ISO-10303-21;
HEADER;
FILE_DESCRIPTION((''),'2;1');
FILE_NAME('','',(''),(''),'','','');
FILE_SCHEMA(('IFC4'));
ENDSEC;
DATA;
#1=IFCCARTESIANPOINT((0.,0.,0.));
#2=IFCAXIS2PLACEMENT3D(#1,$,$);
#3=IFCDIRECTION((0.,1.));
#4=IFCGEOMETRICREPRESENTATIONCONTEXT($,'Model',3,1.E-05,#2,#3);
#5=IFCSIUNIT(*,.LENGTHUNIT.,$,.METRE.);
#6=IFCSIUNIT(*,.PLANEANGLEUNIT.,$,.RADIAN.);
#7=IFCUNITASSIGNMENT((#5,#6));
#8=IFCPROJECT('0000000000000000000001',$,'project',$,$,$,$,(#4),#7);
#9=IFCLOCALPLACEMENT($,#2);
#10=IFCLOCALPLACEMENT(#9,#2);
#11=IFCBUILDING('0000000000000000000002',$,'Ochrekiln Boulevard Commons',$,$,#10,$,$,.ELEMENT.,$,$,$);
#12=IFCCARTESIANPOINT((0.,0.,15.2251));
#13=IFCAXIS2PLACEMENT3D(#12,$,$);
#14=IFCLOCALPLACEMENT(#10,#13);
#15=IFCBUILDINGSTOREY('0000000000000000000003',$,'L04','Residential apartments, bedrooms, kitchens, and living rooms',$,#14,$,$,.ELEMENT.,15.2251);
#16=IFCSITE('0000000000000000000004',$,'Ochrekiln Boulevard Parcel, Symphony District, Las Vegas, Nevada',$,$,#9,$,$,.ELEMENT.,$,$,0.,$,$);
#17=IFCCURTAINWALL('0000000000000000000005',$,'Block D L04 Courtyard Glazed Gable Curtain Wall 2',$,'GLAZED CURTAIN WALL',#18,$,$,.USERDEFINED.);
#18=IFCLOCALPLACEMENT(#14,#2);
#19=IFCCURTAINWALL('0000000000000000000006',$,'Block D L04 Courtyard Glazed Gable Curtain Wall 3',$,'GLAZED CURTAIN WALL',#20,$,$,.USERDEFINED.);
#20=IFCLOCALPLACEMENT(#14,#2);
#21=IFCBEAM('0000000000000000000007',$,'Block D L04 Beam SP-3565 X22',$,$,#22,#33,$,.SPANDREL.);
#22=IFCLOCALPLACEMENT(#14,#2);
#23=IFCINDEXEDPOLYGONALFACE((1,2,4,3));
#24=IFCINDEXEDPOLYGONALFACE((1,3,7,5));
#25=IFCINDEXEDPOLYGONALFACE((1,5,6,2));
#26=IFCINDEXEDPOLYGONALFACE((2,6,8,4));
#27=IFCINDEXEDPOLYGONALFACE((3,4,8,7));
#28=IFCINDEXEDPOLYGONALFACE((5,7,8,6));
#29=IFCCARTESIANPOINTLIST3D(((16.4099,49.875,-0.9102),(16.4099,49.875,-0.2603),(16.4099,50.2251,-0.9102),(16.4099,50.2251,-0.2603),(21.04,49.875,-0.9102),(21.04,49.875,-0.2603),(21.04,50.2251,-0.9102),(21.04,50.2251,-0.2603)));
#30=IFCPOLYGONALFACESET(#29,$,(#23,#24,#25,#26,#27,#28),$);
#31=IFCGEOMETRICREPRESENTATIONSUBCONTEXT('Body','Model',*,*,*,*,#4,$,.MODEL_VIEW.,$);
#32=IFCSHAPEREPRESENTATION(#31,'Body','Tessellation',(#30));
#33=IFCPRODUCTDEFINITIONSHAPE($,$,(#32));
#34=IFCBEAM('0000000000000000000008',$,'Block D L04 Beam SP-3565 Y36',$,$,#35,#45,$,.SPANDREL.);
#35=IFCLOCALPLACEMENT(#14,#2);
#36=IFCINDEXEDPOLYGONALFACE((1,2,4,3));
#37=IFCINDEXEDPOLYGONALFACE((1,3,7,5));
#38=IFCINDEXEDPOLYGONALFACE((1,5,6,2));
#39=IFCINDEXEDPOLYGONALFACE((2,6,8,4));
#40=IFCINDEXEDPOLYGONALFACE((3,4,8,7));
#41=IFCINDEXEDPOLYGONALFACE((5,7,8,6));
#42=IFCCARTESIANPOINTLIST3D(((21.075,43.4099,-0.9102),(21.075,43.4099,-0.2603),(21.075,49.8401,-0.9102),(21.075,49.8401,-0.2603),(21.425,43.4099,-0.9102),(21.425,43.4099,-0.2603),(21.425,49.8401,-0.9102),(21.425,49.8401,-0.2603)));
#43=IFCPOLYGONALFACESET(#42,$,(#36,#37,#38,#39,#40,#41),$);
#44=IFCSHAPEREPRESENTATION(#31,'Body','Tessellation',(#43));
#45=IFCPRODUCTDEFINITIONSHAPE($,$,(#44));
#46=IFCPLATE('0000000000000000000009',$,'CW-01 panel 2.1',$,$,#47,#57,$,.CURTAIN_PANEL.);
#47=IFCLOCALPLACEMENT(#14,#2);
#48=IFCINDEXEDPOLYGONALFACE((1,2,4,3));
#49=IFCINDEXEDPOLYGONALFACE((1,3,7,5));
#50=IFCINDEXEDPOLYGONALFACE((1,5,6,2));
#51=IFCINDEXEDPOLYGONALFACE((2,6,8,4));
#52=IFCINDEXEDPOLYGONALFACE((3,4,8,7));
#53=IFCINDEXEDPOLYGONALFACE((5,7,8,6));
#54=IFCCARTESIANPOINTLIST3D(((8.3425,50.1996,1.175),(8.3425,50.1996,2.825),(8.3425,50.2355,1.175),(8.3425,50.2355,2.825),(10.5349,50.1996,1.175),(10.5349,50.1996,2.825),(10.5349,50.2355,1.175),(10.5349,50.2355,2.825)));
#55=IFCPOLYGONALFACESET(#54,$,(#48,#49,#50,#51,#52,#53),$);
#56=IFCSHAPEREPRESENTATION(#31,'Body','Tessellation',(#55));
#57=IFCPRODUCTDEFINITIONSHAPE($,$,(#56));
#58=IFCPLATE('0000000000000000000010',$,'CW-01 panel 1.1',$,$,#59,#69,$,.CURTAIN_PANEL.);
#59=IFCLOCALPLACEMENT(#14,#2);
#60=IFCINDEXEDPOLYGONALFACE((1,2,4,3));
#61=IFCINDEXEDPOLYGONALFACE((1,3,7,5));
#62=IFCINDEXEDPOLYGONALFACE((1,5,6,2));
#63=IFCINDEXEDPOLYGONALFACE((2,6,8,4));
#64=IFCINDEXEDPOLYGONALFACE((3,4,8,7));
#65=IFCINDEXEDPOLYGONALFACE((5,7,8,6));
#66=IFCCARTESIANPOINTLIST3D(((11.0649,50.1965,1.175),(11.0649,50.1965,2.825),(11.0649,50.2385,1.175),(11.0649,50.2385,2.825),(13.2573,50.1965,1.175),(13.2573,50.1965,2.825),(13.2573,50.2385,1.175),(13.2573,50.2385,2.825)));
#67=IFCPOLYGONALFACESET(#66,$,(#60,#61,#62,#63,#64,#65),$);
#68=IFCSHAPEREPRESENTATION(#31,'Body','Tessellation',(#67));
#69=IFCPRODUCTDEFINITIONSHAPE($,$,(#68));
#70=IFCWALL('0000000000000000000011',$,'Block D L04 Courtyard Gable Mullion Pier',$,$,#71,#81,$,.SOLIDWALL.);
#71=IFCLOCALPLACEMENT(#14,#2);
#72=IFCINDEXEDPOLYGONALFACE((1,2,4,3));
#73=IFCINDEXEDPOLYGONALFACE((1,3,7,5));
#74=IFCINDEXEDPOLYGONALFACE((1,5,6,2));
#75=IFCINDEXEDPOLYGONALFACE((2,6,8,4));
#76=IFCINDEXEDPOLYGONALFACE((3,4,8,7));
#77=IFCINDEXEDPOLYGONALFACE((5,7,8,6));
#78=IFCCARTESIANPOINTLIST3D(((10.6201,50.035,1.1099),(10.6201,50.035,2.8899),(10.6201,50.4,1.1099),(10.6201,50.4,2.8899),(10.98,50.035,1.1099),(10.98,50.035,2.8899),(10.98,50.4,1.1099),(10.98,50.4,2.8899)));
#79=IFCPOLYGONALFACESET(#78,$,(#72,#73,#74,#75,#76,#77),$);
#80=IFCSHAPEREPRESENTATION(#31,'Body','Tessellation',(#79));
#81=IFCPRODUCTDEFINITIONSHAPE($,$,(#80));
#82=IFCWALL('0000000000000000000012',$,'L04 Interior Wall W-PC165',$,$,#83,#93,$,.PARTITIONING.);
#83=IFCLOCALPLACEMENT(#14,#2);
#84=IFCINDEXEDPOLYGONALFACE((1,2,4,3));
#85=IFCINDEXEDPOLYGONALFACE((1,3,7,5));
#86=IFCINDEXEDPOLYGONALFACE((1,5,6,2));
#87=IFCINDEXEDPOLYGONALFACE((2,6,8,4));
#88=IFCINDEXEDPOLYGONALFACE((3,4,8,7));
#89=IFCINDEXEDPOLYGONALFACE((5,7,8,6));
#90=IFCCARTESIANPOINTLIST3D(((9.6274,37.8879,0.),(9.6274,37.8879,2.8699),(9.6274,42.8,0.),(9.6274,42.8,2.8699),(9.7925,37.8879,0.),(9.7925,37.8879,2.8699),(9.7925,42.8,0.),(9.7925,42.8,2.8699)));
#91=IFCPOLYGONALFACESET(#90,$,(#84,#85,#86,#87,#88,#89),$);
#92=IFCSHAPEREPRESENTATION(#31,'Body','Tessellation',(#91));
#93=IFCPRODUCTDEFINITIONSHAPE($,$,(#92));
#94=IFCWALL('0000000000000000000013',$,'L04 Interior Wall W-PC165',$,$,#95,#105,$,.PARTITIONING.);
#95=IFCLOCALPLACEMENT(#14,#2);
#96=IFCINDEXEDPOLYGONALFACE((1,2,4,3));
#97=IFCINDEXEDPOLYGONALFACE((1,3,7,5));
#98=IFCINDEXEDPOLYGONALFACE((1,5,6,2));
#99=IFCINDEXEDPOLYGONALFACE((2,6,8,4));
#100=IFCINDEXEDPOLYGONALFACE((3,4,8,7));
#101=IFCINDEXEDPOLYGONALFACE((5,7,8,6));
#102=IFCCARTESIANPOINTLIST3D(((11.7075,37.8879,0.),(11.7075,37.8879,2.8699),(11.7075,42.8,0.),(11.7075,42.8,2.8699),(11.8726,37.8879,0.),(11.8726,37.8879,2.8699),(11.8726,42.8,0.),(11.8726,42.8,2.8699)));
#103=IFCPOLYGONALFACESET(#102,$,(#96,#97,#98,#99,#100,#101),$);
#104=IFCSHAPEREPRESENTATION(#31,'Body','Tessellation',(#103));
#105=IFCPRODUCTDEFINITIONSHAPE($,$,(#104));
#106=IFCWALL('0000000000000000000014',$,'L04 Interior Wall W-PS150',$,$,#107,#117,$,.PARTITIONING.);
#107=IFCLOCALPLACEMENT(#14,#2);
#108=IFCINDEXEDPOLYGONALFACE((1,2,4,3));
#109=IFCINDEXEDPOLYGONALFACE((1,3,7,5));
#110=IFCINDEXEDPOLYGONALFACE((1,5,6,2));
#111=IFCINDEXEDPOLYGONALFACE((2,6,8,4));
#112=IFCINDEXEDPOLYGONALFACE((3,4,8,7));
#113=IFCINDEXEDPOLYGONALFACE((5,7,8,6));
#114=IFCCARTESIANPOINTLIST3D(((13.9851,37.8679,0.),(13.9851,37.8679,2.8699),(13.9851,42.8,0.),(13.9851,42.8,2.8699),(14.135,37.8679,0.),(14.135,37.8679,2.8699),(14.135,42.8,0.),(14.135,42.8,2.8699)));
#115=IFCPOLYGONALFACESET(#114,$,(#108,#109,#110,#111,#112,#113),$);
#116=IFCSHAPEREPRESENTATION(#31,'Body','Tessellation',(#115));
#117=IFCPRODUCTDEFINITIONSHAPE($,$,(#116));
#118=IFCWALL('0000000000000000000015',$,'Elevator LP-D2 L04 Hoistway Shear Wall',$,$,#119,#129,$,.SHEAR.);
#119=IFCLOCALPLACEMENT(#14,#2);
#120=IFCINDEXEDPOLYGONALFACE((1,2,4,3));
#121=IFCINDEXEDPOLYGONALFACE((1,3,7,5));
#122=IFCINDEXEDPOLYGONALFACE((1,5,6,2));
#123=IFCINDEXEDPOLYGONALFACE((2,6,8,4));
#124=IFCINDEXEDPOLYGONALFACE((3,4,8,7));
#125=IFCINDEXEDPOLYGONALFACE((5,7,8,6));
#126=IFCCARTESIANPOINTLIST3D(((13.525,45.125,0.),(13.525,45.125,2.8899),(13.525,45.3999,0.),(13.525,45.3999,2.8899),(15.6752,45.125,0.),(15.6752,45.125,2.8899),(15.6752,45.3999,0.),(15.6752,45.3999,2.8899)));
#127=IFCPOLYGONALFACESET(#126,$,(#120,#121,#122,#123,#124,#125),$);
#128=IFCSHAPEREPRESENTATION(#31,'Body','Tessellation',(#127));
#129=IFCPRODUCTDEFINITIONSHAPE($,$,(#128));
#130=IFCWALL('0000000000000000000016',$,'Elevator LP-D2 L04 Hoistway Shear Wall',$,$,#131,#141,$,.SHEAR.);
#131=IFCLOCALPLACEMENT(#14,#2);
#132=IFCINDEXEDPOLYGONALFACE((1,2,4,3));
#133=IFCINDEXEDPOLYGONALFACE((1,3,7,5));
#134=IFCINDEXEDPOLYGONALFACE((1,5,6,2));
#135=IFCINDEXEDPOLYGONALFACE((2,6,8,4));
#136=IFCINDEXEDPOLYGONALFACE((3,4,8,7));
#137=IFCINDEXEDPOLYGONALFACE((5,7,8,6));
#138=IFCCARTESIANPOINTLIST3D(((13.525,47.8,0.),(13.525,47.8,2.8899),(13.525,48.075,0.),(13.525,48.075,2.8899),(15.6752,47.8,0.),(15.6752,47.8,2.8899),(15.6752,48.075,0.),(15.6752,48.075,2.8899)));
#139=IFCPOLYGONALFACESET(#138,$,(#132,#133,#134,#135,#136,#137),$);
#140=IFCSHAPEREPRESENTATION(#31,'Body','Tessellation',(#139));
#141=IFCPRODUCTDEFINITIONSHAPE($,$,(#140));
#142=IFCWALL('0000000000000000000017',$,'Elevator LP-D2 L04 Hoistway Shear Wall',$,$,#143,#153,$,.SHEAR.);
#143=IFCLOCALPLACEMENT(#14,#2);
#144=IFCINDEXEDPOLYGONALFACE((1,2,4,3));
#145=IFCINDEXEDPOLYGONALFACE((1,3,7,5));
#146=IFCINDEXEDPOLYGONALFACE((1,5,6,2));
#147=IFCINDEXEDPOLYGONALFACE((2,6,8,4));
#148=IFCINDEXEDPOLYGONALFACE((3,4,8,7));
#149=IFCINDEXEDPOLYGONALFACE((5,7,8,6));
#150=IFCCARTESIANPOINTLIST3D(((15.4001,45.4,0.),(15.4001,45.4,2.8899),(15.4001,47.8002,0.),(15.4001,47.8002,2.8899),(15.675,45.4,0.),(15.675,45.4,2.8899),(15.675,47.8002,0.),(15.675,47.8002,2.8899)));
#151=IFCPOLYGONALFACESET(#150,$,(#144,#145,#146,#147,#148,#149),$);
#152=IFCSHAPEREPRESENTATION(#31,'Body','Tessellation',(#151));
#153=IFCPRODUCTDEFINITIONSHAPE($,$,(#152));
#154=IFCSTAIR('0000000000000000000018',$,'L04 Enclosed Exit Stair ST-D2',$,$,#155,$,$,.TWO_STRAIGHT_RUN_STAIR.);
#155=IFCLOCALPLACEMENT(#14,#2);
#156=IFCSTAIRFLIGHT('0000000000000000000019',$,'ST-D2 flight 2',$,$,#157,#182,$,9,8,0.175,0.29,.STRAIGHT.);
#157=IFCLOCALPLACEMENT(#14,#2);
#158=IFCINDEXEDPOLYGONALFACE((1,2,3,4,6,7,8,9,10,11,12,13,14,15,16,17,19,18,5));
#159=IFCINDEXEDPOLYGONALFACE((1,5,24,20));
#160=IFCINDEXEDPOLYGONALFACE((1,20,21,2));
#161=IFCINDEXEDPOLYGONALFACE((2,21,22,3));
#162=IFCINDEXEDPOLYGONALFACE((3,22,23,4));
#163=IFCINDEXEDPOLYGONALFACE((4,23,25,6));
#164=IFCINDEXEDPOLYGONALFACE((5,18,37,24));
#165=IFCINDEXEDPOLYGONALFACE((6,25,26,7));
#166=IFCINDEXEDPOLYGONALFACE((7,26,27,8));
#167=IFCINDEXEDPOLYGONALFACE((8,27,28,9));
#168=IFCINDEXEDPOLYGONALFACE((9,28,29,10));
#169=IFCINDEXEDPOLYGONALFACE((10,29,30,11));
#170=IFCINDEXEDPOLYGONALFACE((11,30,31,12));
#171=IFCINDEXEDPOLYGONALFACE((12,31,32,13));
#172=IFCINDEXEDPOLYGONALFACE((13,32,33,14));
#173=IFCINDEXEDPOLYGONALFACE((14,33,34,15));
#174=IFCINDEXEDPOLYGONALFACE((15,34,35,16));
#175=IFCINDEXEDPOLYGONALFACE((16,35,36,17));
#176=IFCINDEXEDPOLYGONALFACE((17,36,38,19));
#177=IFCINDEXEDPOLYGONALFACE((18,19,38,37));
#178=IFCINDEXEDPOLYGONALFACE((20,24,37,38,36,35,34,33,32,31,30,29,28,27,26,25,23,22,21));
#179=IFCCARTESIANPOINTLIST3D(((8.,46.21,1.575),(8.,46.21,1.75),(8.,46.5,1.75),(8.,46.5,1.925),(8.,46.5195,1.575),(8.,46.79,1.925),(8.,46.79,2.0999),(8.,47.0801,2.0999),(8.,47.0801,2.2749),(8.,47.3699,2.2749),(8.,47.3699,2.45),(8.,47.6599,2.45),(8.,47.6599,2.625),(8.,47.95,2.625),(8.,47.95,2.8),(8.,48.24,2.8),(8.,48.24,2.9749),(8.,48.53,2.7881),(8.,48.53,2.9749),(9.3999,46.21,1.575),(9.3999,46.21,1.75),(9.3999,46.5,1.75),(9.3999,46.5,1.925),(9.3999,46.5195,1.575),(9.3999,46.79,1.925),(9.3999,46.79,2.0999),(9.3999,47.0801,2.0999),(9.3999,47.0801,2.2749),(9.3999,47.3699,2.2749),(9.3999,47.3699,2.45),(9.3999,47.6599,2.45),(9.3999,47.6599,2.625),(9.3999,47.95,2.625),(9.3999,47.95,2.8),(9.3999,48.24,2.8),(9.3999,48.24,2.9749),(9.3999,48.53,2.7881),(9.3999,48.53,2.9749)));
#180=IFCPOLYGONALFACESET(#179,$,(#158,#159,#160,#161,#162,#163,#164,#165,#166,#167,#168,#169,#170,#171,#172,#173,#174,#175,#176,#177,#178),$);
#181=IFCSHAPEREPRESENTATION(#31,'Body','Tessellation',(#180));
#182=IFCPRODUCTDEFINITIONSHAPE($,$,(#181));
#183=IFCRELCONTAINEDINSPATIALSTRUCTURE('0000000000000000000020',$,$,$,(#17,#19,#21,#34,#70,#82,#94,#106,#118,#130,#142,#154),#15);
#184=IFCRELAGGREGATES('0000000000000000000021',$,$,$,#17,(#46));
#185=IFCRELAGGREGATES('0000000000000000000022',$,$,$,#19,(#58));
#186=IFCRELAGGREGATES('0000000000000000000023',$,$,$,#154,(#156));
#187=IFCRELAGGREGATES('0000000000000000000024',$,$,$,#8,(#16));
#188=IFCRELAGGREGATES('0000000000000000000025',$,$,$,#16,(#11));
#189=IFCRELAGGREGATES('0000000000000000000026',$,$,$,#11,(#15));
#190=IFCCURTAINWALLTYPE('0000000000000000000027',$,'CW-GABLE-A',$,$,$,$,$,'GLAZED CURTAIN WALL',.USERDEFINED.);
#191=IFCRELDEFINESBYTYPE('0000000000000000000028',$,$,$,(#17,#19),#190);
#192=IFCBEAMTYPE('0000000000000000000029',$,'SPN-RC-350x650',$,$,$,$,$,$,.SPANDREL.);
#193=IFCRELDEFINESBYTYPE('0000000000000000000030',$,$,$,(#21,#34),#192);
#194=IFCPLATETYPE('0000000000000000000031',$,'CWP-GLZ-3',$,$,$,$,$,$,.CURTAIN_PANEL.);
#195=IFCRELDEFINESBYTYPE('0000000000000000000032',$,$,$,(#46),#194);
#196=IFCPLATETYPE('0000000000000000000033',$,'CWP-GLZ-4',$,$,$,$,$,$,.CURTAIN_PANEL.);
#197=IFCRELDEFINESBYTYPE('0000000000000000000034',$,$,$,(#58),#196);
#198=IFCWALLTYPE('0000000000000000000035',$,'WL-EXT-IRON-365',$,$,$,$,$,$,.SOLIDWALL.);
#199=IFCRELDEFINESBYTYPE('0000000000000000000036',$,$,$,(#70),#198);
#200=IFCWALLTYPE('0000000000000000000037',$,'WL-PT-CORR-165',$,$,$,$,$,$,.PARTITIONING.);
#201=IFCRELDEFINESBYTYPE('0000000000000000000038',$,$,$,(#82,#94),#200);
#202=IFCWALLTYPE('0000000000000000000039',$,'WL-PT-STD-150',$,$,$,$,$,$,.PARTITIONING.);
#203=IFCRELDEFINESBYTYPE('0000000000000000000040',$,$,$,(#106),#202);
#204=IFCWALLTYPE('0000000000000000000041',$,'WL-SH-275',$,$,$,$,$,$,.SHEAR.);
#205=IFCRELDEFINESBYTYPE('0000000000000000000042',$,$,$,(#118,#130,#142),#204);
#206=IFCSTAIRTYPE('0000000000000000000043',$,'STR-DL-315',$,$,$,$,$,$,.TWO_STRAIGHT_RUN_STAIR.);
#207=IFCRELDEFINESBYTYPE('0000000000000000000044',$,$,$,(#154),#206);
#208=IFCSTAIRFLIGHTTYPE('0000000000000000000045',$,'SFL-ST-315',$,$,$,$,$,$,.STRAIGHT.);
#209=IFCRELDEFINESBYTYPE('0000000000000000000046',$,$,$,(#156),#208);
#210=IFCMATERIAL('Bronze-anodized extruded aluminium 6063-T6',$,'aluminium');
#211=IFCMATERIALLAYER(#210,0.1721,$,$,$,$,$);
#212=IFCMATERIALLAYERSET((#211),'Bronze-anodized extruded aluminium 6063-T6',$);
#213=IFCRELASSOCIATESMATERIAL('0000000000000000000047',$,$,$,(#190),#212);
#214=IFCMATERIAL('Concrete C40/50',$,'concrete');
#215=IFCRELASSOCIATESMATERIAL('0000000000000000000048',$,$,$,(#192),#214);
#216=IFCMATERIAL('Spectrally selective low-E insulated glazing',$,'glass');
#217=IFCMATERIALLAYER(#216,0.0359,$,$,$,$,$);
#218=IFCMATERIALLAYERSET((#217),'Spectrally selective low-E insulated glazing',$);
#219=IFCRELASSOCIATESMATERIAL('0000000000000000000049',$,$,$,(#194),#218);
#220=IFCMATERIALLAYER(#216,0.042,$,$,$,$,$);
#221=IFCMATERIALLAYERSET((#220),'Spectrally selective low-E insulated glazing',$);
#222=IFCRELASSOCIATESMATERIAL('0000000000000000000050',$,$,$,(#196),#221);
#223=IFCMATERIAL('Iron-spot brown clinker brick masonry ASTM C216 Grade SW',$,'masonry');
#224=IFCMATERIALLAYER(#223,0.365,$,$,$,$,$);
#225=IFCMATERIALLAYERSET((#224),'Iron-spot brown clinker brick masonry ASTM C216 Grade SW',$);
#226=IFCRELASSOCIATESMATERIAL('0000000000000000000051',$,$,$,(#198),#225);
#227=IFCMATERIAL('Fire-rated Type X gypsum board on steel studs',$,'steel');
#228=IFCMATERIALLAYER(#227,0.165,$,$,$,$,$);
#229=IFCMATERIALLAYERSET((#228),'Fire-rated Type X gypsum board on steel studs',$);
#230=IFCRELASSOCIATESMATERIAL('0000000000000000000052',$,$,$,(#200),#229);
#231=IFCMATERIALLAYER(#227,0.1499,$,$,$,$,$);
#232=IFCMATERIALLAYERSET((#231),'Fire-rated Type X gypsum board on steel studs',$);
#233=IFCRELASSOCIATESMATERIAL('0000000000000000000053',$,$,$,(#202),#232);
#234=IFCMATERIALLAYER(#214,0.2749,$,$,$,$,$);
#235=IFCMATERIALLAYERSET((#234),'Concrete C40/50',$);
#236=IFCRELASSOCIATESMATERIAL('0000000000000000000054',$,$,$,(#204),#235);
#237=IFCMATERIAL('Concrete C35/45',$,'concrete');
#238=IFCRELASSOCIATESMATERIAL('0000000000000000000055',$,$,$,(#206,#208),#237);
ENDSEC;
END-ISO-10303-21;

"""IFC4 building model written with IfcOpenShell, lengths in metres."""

from ifc_helpers import new_model, si_unit, direction, frame, frame_2d, origin, origin_2d, place, context, subcontext, project, spatial, polyline, rectangle, outline, extrude, material, layer, layer_set, material_profile, profile_set, type_object, element, aggregate, save


model = new_model("IFC4")

# Units and contexts
model_context = context("Model", 3, precision=1e-05, world=origin(), true_north=direction((0.0, 1.0)))
body_context = subcontext(model_context, "Body", "Model", "MODEL_VIEW")
ifc_project = project(units=[si_unit("LENGTHUNIT", "METRE"), si_unit("PLANEANGLEUNIT", "RADIAN")], contexts=[model_context])

# Site, building, storey
site_placement = place(None, origin())
site = spatial("IfcSite", under=ifc_project, at=site_placement, Name="Ochrekiln Boulevard Parcel, Symphony District, Las Vegas, Nevada", CompositionType="ELEMENT", RefElevation=0.0)
building_placement = place(site_placement, origin())
building = spatial("IfcBuilding", under=site, at=building_placement, Name="Ochrekiln Boulevard Commons", CompositionType="ELEMENT")
storey_placement = place(building_placement, frame((0.0, 0.0, 15.2251)))
storey = spatial("IfcBuildingStorey", under=building, at=storey_placement, Name="L04", Description="Residential apartments, bedrooms, kitchens, and living rooms", CompositionType="ELEMENT", Elevation=15.2251)

# Shared definitions
ifc_material_1 = material(Name="Concrete C40/50", Category="concrete")

# Shared definitions
ifc_material_2 = material(Name="Concrete C35/45", Category="concrete")

# Curtain wall
ifc_material_3 = material(Name="Bronze-anodized extruded aluminium 6063-T6", Category="aluminium")
ifc_layer_1 = layer(ifc_material_3, 0.1721)
ifc_layer_set_1 = layer_set([ifc_layer_1], Name="Bronze-anodized extruded aluminium 6063-T6")
curtain_wall_type = type_object("IfcCurtainWallType", Name="CW-GABLE-A", ElementType="GLAZED CURTAIN WALL", PredefinedType="USERDEFINED", material=ifc_layer_set_1)
curtain_wall_1_placement = place(storey_placement, origin())
curtain_wall_1 = element("IfcCurtainWall", 1, at=curtain_wall_1_placement, inside=storey, type_object=curtain_wall_type, Name="Block D L04 Courtyard Glazed Gable Curtain Wall 2", ObjectType="GLAZED CURTAIN WALL", PredefinedType="USERDEFINED")

# Curtain wall
curtain_wall_2_placement = place(storey_placement, origin())
curtain_wall_2 = element("IfcCurtainWall", 2, at=curtain_wall_2_placement, inside=storey, type_object=curtain_wall_type, Name="Block D L04 Courtyard Glazed Gable Curtain Wall 3", ObjectType="GLAZED CURTAIN WALL", PredefinedType="USERDEFINED")

# Beams
ifc_material_profile_1 = material_profile(ifc_material_1, rectangle(XDim=0.3501, YDim=0.6499, at=origin_2d()), Name="RC-SPN-350x650")
ifc_profile_set_1 = profile_set([ifc_material_profile_1], Name="Concrete C40/50")
beam_type_1 = type_object("IfcBeamType", Name="SPN-RC-350x650", PredefinedType="SPANDREL", material=ifc_profile_set_1)
beam_1_placement = place(storey_placement, frame((16.4099, 50.05, -0.5852), z_axis=(1.0, 0.0, 0.0), x_axis=(0.0, 1.0, 0.0)))
element("IfcBeam", 3, at=beam_1_placement, inside=storey, type_object=beam_type_1, Name="Block D L04 Beam SP-3565 X22", PredefinedType="SPANDREL", context=body_context, shape_type="SweptSolid", body=[
    extrude(rectangle(XDim=0.3501, YDim=0.6499, at=origin_2d()), origin(), (0.0, 0.0, 1.0), 4.6301),
])
beam_2_placement = place(storey_placement, frame((21.25, 43.4099, -0.5852), z_axis=(0.0, 1.0, 0.0), x_axis=(-1.0, 0.0, 0.0)))
element("IfcBeam", 4, at=beam_2_placement, inside=storey, type_object=beam_type_1, Name="Block D L04 Beam SP-3565 Y36", PredefinedType="SPANDREL", context=body_context, shape_type="SweptSolid", body=[
    extrude(rectangle(XDim=0.3501, YDim=0.6499, at=origin_2d()), origin(), (0.0, 0.0, 1.0), 6.4302),
])

# Plates
ifc_material_4 = material(Name="Spectrally selective low-E insulated glazing", Category="glass")
ifc_layer_2 = layer(ifc_material_4, 0.0359)
ifc_layer_set_2 = layer_set([ifc_layer_2], Name="Spectrally selective low-E insulated glazing")
plate_type_1 = type_object("IfcPlateType", Name="CWP-GLZ-3", PredefinedType="CURTAIN_PANEL", material=ifc_layer_set_2)
plate_1_placement = place(storey_placement, frame((9.4387, 50.2175, 1.175), z_axis=(0.0, 0.0, 1.0), x_axis=(1.0, 0.0, 0.0)))
plate_1 = element("IfcPlate", 5, at=plate_1_placement, type_object=plate_type_1, Name="CW-01 panel 2.1", PredefinedType="CURTAIN_PANEL", context=body_context, shape_type="SweptSolid", body=[
    extrude(rectangle(XDim=2.1924, YDim=0.0359, at=origin_2d()), origin(), (0.0, 0.0, 1.0), 1.6499),
])
aggregate(curtain_wall_1, [plate_1])
ifc_layer_3 = layer(ifc_material_4, 0.042)
ifc_layer_set_3 = layer_set([ifc_layer_3], Name="Spectrally selective low-E insulated glazing")
plate_type_2 = type_object("IfcPlateType", Name="CWP-GLZ-4", PredefinedType="CURTAIN_PANEL", material=ifc_layer_set_3)
plate_2_placement = place(storey_placement, frame((12.1611, 50.2175, 1.175), z_axis=(0.0, 0.0, 1.0), x_axis=(1.0, 0.0, 0.0)))
plate_2 = element("IfcPlate", 6, at=plate_2_placement, type_object=plate_type_2, Name="CW-01 panel 1.1", PredefinedType="CURTAIN_PANEL", context=body_context, shape_type="SweptSolid", body=[
    extrude(rectangle(XDim=2.1924, YDim=0.042, at=origin_2d()), origin(), (0.0, 0.0, 1.0), 1.6499),
])
aggregate(curtain_wall_2, [plate_2])

# Walls
ifc_material_5 = material(Name="Iron-spot brown clinker brick masonry ASTM C216 Grade SW", Category="masonry")
ifc_layer_4 = layer(ifc_material_5, 0.365)
ifc_layer_set_4 = layer_set([ifc_layer_4], Name="Iron-spot brown clinker brick masonry ASTM C216 Grade SW")
wall_type_1 = type_object("IfcWallType", Name="WL-EXT-IRON-365", PredefinedType="SOLIDWALL", material=ifc_layer_set_4)
wall_1_placement = place(storey_placement, frame((10.6201, 50.2175, 1.1099), z_axis=(0.0, 0.0, 1.0), x_axis=(1.0, 0.0, 0.0)))
element("IfcWall", 7, at=wall_1_placement, inside=storey, type_object=wall_type_1, Name="Block D L04 Courtyard Gable Mullion Pier", PredefinedType="SOLIDWALL", context=body_context, shape_type="SweptSolid", body=[
    extrude(rectangle(XDim=0.3599, YDim=0.365, at=frame_2d((0.1799, 0.0))), origin(), (0.0, 0.0, 1.0), 1.78),
])
ifc_material_6 = material(Name="Fire-rated Type X gypsum board on steel studs", Category="steel")
ifc_layer_5 = layer(ifc_material_6, 0.165)
ifc_layer_set_5 = layer_set([ifc_layer_5], Name="Fire-rated Type X gypsum board on steel studs")
wall_type_2 = type_object("IfcWallType", Name="WL-PT-CORR-165", PredefinedType="PARTITIONING", material=ifc_layer_set_5)
for number, where, z_axis, x_axis, name in (
    (8, (9.71, 37.8879, 0.0), (0.0, 0.0, 1.0), (0.0, 1.0, 0.0), "L04 Interior Wall W-PC165"),
    (9, (11.79, 37.8879, 0.0), (0.0, 0.0, 1.0), (0.0, 1.0, 0.0), "L04 Interior Wall W-PC165"),
):
    element("IfcWall", number, at=place(storey_placement, frame(where, z_axis=z_axis, x_axis=x_axis)), inside=storey, type_object=wall_type_2, Name=name, PredefinedType="PARTITIONING", context=body_context, shape_type="SweptSolid", body=[
        extrude(rectangle(XDim=4.9121, YDim=0.165, at=frame_2d((2.4561, 0.0))), origin(), (0.0, 0.0, 1.0), 2.8699),
    ])

# Walls
ifc_layer_6 = layer(ifc_material_6, 0.1499)
ifc_layer_set_6 = layer_set([ifc_layer_6], Name="Fire-rated Type X gypsum board on steel studs")
wall_type_3 = type_object("IfcWallType", Name="WL-PT-STD-150", PredefinedType="PARTITIONING", material=ifc_layer_set_6)
wall_2_placement = place(storey_placement, frame((14.0601, 37.8679, 0.0), z_axis=(0.0, 0.0, 1.0), x_axis=(0.0, 1.0, 0.0)))
element("IfcWall", 10, at=wall_2_placement, inside=storey, type_object=wall_type_3, Name="L04 Interior Wall W-PS150", PredefinedType="PARTITIONING", context=body_context, shape_type="SweptSolid", body=[
    extrude(rectangle(XDim=4.9321, YDim=0.1499, at=frame_2d((2.4661, 0.0))), origin(), (0.0, 0.0, 1.0), 2.8699),
])
ifc_layer_7 = layer(ifc_material_1, 0.2749)
ifc_layer_set_7 = layer_set([ifc_layer_7], Name="Concrete C40/50")
wall_type_4 = type_object("IfcWallType", Name="WL-SH-275", PredefinedType="SHEAR", material=ifc_layer_set_7)
for number, where, z_axis, x_axis, name in (
    (11, (13.5249, 45.2625, 0.0), (0.0, 0.0, 1.0), (1.0, 0.0, 0.0), "Elevator LP-D2 L04 Hoistway Shear Wall"),
    (12, (13.5249, 47.9375, 0.0), (0.0, 0.0, 1.0), (1.0, 0.0, 0.0), "Elevator LP-D2 L04 Hoistway Shear Wall"),
):
    element("IfcWall", number, at=place(storey_placement, frame(where, z_axis=z_axis, x_axis=x_axis)), inside=storey, type_object=wall_type_4, Name=name, PredefinedType="SHEAR", context=body_context, shape_type="SweptSolid", body=[
        extrude(rectangle(XDim=2.1501, YDim=0.2749, at=frame_2d((1.0752, 0.0))), origin(), (0.0, 0.0, 1.0), 2.8899),
    ])

# Wall
wall_3_placement = place(storey_placement, frame((15.5376, 45.3999, 0.0), z_axis=(0.0, 0.0, 1.0), x_axis=(0.0, 1.0, 0.0)))
element("IfcWall", 13, at=wall_3_placement, inside=storey, type_object=wall_type_4, Name="Elevator LP-D2 L04 Hoistway Shear Wall", PredefinedType="SHEAR", context=body_context, shape_type="SweptSolid", body=[
    extrude(rectangle(XDim=2.4001, YDim=0.2749, at=frame_2d((1.2002, 0.0))), origin(), (0.0, 0.0, 1.0), 2.8899),
])

# Stair, stair flight
stair_type = type_object("IfcStairType", Name="STR-DL-315", PredefinedType="TWO_STRAIGHT_RUN_STAIR", material=ifc_material_2)
stair_placement = place(storey_placement, origin())
stair = element("IfcStair", 14, at=stair_placement, inside=storey, type_object=stair_type, Name="L04 Enclosed Exit Stair ST-D2", PredefinedType="TWO_STRAIGHT_RUN_STAIR")
stair_flight_type = type_object("IfcStairFlightType", Name="SFL-ST-315", PredefinedType="STRAIGHT", material=ifc_material_2)
stair_flight_placement = place(storey_placement, frame((8.7, 46.21, 1.575), z_axis=(0.0, 0.0, 1.0), x_axis=(0.0, 1.0, 0.0)))
stair_flight = element("IfcStairFlight", 15, at=stair_flight_placement, type_object=stair_flight_type, Name="ST-D2 flight 2", NumberOfRisers=9, NumberOfTreads=8, PredefinedType="STRAIGHT", RiserHeight=0.175, TreadLength=0.29, context=body_context, shape_type="SweptSolid", body=[
    extrude(outline(polyline([(0.0, 0.0), (0.0, 0.175), (0.29, 0.175), (0.29, 0.3501), (0.5801, 0.3501), (0.5801, 0.5249), (0.8701, 0.5249), (0.8701, 0.7), (1.1599, 0.7), (1.1599, 0.875), (1.45, 0.875), (1.45, 1.05), (1.74, 1.05), (1.74, 1.2251), (2.03, 1.2251), (2.03, 1.3999), (2.3201, 1.3999), (2.3201, 1.575), (2.3201, 1.2131), (0.3096, 0.0), (0.0, 0.0)])), frame((0.0, 0.7, 0.0), z_axis=(0.0, -1.0, 0.0), x_axis=(1.0, 0.0, 0.0)), (0.0, 0.0, 1.0), 1.3999),
])
aggregate(stair, [stair_flight])

save(model, "model.ifc")
